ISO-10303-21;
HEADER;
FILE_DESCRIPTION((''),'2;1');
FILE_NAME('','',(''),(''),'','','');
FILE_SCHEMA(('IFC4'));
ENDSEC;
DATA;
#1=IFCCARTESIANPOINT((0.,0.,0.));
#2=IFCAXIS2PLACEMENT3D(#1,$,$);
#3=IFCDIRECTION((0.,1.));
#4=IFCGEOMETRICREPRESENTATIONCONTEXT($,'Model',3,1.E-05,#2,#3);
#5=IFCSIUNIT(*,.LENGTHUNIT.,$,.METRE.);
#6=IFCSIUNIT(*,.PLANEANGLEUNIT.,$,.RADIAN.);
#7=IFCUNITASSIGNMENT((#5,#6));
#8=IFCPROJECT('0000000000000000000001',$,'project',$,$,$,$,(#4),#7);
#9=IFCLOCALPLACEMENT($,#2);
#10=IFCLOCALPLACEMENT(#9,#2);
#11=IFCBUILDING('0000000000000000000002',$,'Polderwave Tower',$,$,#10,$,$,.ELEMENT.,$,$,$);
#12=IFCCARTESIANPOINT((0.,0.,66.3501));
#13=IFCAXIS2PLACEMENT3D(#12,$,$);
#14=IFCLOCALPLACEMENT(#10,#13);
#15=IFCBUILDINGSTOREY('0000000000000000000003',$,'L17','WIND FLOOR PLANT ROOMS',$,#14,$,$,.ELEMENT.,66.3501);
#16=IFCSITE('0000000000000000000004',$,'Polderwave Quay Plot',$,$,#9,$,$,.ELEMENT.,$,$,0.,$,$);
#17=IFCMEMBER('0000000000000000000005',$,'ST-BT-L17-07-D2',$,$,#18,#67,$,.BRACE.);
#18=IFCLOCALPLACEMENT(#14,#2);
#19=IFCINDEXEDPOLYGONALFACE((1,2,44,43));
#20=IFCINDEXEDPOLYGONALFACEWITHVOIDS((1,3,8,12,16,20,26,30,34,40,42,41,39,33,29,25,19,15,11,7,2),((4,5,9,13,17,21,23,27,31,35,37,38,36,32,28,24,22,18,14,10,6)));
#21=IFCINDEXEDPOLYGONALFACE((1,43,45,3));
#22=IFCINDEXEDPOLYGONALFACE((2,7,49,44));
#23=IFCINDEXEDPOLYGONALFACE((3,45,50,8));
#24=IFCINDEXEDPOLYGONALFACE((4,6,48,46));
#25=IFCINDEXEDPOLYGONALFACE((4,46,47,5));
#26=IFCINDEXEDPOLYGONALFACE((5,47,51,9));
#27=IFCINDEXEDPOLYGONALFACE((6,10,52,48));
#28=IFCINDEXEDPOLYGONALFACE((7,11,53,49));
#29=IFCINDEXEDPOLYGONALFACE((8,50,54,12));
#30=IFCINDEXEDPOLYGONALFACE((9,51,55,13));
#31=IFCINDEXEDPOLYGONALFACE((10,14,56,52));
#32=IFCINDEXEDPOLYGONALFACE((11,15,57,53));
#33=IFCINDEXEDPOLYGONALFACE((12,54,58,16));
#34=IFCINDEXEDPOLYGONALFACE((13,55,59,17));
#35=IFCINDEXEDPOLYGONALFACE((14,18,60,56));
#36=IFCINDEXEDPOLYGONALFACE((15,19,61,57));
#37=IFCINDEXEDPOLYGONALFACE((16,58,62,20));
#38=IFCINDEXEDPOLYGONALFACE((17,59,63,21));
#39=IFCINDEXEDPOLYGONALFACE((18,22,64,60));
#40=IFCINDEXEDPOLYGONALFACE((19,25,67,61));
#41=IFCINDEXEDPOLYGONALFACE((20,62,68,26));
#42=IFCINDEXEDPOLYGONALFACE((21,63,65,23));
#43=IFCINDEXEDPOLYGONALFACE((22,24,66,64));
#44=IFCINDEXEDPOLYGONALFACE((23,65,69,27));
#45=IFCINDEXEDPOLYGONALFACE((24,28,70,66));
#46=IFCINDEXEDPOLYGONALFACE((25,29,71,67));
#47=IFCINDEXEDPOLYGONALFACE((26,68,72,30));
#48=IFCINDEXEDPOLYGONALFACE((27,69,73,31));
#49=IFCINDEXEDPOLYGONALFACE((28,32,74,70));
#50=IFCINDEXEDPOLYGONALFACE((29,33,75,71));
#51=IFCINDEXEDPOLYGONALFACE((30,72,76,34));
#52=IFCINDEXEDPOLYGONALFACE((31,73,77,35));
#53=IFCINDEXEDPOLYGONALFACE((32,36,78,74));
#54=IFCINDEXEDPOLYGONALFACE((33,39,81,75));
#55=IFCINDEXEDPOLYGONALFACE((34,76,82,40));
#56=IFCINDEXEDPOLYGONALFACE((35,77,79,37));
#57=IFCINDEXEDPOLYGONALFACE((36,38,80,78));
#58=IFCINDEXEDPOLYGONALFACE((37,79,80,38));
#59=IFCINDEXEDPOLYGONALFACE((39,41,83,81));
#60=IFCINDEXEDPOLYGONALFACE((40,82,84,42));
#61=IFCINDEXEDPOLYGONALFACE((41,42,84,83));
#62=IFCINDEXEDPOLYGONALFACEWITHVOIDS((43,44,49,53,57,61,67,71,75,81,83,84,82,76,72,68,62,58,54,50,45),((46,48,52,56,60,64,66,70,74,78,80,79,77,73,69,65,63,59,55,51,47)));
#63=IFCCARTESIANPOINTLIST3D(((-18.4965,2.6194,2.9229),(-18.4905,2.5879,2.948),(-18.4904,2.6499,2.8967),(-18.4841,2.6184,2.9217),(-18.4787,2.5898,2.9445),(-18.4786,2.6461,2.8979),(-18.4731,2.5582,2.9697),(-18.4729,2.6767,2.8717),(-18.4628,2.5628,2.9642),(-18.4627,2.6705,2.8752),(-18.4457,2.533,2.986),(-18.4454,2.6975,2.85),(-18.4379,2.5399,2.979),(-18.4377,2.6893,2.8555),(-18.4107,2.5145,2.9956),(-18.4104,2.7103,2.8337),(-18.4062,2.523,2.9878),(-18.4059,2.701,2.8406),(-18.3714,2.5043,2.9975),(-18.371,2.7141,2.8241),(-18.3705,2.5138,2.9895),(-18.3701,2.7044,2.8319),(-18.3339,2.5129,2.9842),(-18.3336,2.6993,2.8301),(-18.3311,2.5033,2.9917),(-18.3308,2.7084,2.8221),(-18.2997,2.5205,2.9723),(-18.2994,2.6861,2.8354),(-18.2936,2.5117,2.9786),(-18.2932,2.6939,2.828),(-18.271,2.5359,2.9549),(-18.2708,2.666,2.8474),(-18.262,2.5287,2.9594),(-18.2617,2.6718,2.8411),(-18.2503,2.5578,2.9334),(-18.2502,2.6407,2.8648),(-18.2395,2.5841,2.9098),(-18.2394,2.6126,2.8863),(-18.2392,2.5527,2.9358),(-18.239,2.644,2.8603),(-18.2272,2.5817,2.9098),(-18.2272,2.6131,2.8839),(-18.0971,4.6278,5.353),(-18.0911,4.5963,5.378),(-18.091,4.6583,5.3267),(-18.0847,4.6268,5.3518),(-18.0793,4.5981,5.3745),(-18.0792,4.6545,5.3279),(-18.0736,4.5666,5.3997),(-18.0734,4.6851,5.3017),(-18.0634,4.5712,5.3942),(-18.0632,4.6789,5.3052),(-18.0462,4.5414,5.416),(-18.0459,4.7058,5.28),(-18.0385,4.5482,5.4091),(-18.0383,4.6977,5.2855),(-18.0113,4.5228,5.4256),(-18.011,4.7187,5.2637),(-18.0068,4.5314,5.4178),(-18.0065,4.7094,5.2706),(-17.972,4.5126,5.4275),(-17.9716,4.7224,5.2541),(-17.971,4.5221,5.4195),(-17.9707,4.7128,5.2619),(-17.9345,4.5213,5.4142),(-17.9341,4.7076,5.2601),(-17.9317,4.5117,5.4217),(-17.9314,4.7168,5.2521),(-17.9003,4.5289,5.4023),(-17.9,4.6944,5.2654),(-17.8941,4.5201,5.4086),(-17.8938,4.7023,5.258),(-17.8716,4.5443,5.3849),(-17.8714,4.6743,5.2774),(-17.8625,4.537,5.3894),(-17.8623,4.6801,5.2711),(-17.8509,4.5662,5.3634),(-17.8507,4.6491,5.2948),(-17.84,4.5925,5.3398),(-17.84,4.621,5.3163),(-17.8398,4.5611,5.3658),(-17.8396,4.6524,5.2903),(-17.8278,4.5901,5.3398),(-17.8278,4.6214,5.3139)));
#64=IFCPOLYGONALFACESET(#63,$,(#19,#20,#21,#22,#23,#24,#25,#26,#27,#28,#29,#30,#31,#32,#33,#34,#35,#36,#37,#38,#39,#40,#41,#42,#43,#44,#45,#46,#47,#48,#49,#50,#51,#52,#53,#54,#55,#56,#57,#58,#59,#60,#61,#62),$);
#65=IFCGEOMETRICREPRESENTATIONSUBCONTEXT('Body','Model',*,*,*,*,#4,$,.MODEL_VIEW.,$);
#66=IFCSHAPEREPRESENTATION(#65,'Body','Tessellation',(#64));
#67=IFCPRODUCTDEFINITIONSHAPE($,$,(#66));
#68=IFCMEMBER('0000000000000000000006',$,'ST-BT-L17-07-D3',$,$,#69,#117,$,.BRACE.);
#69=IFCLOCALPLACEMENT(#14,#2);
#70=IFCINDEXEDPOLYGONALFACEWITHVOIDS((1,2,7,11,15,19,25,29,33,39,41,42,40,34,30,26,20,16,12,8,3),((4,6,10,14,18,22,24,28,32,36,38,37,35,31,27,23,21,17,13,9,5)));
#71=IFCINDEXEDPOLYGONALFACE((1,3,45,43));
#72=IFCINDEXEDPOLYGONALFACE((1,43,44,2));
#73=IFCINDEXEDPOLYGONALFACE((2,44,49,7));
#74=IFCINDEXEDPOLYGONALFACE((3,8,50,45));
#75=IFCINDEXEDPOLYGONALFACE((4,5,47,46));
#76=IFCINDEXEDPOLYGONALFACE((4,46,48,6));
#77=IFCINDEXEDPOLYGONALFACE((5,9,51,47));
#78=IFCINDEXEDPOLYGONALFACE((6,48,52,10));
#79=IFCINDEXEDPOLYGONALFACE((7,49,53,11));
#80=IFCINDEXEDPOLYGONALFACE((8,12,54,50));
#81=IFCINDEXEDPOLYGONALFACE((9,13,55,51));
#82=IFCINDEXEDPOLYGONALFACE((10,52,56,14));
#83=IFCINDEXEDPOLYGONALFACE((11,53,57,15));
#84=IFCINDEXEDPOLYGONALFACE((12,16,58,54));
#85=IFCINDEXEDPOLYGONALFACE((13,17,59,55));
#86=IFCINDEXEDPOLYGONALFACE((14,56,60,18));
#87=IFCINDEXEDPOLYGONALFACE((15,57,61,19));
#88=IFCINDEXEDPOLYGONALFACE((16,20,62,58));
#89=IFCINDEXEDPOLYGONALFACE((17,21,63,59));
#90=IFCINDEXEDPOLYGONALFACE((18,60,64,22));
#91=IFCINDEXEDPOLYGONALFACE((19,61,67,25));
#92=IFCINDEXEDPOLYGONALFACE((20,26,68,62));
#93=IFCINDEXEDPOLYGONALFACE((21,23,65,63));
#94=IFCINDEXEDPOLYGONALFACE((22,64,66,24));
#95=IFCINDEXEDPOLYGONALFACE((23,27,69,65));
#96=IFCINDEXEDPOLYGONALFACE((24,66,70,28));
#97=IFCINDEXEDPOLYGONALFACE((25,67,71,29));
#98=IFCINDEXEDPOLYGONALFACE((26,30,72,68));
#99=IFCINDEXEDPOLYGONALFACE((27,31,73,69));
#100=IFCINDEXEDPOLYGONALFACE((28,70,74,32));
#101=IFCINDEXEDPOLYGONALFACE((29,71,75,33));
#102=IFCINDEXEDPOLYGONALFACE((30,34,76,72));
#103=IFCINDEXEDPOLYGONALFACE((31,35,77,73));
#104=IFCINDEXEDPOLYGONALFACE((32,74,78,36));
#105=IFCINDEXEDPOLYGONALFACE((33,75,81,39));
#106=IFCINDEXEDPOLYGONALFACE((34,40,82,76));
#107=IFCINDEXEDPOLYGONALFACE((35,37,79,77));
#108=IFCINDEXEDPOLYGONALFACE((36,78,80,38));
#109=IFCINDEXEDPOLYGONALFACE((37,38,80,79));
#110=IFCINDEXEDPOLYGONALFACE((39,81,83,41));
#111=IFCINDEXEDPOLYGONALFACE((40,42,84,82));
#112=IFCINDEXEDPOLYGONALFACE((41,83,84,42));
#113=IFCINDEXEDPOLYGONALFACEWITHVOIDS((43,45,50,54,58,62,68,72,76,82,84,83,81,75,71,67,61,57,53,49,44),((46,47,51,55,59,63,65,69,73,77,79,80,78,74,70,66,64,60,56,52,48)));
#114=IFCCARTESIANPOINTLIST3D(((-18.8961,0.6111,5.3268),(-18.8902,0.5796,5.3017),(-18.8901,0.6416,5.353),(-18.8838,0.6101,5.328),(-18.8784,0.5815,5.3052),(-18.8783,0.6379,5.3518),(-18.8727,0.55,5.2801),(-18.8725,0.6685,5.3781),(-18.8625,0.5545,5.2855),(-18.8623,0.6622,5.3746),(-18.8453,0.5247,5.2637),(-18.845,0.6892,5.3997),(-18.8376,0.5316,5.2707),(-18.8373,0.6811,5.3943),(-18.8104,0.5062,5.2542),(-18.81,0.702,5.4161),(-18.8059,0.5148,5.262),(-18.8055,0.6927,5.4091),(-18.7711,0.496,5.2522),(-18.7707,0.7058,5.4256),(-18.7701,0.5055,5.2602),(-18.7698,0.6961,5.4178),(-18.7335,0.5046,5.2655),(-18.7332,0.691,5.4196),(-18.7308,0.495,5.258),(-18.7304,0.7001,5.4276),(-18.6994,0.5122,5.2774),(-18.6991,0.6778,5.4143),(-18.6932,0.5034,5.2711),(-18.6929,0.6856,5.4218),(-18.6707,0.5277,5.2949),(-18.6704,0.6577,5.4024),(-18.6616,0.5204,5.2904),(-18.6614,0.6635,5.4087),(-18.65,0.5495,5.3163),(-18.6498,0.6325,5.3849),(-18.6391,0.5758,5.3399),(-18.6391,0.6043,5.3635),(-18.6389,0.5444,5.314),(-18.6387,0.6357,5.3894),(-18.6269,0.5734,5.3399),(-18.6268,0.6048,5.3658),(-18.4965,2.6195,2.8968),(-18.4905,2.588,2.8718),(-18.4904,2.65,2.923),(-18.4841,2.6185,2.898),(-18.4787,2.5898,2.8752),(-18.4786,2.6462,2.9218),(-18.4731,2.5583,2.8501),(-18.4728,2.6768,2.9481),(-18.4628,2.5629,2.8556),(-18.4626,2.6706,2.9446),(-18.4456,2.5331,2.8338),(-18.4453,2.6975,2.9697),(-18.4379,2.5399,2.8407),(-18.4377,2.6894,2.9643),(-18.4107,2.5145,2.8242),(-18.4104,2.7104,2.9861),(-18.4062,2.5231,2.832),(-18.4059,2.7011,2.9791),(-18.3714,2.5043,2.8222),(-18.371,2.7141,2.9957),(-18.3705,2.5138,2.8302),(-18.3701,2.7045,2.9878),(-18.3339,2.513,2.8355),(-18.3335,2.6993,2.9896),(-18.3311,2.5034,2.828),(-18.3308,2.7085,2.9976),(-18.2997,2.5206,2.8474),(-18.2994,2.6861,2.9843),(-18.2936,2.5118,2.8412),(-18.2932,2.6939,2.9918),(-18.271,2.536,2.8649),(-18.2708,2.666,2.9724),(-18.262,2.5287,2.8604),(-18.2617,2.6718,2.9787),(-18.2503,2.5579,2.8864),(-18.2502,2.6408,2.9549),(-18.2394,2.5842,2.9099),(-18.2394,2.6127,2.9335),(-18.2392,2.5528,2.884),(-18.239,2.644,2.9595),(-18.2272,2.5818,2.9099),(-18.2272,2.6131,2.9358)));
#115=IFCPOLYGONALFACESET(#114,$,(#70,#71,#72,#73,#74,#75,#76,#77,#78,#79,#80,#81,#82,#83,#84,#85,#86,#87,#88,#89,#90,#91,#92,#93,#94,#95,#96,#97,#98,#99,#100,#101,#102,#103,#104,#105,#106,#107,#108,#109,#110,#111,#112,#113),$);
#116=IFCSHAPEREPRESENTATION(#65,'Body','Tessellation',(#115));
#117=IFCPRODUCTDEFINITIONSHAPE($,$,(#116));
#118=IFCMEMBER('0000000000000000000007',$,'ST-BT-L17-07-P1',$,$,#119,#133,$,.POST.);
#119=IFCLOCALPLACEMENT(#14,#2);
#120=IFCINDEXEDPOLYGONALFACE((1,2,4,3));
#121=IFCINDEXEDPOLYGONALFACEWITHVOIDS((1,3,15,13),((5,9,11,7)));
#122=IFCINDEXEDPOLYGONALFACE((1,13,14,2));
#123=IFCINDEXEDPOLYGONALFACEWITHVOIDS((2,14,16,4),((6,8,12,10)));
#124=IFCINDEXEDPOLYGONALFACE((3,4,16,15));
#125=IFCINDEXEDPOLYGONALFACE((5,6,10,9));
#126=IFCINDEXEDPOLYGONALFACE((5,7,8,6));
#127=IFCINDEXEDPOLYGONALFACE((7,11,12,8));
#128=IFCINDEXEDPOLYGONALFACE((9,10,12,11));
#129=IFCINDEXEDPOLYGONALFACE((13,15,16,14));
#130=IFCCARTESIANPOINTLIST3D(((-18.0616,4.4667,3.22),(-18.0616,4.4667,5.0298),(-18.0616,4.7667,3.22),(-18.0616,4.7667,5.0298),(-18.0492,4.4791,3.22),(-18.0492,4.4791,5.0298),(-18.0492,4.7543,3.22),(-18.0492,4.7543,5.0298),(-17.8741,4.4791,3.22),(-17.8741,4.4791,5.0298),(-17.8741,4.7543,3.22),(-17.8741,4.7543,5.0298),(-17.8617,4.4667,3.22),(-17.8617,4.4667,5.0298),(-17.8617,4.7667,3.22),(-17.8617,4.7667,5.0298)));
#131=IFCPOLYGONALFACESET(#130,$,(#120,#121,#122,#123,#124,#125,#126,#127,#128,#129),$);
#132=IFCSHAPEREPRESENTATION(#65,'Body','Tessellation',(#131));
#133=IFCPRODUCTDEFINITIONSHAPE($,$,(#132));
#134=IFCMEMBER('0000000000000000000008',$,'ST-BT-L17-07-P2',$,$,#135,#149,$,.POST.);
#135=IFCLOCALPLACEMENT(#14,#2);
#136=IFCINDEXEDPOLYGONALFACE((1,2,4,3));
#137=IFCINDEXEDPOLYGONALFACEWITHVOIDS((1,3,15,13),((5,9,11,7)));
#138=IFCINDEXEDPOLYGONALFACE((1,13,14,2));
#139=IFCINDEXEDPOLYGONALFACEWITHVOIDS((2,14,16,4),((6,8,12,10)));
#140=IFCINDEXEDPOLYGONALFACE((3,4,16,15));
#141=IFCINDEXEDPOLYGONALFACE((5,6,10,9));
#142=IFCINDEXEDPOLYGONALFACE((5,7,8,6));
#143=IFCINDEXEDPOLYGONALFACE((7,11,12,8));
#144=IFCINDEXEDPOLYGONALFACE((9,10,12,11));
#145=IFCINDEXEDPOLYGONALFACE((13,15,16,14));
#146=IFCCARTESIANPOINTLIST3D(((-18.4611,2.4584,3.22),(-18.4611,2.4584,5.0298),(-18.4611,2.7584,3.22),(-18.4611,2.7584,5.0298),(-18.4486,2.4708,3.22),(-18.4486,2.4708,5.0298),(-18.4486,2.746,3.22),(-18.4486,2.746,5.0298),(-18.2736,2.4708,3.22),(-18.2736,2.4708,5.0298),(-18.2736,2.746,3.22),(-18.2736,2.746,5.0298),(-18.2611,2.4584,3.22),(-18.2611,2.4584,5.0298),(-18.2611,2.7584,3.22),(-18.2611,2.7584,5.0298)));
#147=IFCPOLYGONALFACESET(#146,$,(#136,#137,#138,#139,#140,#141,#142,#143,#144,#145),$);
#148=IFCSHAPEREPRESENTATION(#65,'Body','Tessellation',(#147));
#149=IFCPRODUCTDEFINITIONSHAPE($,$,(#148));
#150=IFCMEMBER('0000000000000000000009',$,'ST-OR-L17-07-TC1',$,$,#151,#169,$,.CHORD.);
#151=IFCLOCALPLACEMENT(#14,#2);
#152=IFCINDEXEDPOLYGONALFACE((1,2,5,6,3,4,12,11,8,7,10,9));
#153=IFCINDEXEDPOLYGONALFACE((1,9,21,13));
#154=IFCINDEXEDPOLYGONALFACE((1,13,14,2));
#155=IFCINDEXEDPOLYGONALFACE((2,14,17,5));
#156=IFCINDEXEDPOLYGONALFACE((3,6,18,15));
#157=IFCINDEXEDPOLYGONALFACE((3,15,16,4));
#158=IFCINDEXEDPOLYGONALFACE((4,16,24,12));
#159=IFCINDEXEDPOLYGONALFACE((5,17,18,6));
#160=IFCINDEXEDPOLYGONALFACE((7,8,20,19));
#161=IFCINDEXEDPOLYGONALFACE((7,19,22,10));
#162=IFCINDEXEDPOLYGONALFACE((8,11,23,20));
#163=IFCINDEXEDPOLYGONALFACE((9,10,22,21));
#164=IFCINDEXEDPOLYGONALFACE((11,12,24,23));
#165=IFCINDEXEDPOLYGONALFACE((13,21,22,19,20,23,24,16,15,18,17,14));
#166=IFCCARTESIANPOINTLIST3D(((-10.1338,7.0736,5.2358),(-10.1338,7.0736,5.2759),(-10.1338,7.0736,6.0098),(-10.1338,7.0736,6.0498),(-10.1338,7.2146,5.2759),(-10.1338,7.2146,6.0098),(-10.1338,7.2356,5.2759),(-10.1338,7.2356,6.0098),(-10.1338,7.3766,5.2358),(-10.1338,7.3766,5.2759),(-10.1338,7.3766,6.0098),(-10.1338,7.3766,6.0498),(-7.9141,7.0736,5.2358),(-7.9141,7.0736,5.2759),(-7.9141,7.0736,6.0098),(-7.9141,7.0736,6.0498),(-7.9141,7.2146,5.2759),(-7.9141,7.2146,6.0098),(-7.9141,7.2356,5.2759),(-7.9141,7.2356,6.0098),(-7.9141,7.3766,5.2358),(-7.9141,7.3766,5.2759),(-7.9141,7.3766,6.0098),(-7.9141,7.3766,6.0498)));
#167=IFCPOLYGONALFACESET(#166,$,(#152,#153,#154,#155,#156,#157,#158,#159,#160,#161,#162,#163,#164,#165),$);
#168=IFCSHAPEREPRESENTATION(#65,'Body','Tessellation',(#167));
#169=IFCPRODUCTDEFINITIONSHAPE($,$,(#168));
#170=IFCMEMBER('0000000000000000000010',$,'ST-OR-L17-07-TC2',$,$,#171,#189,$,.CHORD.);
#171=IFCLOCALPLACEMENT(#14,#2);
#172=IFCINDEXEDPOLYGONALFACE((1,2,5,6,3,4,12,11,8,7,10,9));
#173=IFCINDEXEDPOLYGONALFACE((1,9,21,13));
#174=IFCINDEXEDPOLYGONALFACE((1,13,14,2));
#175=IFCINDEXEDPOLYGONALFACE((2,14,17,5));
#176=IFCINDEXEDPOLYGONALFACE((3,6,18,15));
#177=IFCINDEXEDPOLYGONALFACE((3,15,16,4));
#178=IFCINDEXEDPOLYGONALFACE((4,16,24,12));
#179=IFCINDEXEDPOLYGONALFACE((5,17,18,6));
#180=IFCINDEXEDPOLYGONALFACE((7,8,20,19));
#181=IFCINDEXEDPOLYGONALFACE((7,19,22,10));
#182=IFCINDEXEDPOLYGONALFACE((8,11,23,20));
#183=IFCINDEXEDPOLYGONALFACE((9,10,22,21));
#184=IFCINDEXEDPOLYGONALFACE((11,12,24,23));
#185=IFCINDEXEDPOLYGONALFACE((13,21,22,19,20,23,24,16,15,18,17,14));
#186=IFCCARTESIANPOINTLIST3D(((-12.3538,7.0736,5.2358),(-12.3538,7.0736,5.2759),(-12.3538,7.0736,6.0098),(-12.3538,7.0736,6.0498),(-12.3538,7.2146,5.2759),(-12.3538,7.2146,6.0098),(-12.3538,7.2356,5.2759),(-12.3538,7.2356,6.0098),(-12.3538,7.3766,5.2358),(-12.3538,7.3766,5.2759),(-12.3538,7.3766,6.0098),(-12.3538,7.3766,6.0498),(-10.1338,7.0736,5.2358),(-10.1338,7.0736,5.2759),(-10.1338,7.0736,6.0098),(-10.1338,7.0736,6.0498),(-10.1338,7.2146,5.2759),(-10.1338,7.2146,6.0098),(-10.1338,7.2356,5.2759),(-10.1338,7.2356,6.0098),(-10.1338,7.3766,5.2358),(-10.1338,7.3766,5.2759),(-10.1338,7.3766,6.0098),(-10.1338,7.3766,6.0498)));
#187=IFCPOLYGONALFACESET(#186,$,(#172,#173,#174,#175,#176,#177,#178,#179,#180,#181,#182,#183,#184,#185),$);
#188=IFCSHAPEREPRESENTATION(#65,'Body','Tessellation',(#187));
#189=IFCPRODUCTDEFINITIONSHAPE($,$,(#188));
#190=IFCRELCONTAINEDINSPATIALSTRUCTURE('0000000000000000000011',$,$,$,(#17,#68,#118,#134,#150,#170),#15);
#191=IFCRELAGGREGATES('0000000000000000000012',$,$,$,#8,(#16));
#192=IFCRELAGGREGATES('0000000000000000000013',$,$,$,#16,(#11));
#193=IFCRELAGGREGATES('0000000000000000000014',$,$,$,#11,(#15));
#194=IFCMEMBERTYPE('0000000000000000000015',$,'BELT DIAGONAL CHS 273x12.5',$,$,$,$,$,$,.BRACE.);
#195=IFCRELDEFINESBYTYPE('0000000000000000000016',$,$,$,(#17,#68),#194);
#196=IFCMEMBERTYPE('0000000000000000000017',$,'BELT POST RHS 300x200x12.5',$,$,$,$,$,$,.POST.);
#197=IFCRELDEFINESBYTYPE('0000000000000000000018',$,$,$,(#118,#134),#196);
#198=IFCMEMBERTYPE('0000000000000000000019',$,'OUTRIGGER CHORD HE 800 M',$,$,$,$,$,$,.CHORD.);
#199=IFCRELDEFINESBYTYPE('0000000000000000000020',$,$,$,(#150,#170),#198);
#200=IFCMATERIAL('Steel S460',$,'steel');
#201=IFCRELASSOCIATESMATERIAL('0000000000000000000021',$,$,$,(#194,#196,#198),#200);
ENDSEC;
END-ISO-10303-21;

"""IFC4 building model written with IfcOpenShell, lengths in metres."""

from ifc_helpers import new_model, si_unit, direction, frame, origin, origin_2d, place, context, subcontext, project, spatial, hollow_rectangle, hollow_circle, i_section, extrude, material, material_profile, profile_set, type_object, element, save


model = new_model("IFC4")

# Units and contexts
model_context = context("Model", 3, precision=1e-05, world=origin(), true_north=direction((0.0, 1.0)))
body_context = subcontext(model_context, "Body", "Model", "MODEL_VIEW")
ifc_project = project(units=[si_unit("LENGTHUNIT", "METRE"), si_unit("PLANEANGLEUNIT", "RADIAN")], contexts=[model_context])

# Site, building, storey
site_placement = place(None, origin())
site = spatial("IfcSite", under=ifc_project, at=site_placement, Name="Polderwave Quay Plot", CompositionType="ELEMENT", RefElevation=0.0)
building_placement = place(site_placement, origin())
building = spatial("IfcBuilding", under=site, at=building_placement, Name="Polderwave Tower", CompositionType="ELEMENT")
storey_placement = place(building_placement, frame((0.0, 0.0, 66.3501)))
storey = spatial("IfcBuildingStorey", under=building, at=storey_placement, Name="L17", Description="WIND FLOOR PLANT ROOMS", CompositionType="ELEMENT", Elevation=66.3501)

# Members
ifc_material_1 = material(Name="Steel S460", Category="steel")
ifc_material_profile_1 = material_profile(ifc_material_1, hollow_circle(Radius=0.1365, WallThickness=0.0125, at=origin_2d()), Name="CHS 273x12.5")
ifc_profile_set_1 = profile_set([ifc_material_profile_1], Name="Steel S460")
member_type_1 = type_object("IfcMemberType", Name="BELT DIAGONAL CHS 273x12.5", PredefinedType="BRACE", material=ifc_profile_set_1)
for number, where, z_axis, x_axis, name in (
    (1, (-17.9617, 4.6167, 5.3398), (-0.125695, -0.632011, -0.764698), (0.980791, -0.195061, 0.0), "ST-BT-L17-07-D2"),
    (2, (-18.3611, 2.6084, 2.9099), (-0.125771, -0.632005, 0.764691), (0.980768, -0.195176, 0.0), "ST-BT-L17-07-D3"),
):
    element("IfcMember", number, at=place(storey_placement, frame(where, z_axis=z_axis, x_axis=x_axis)), inside=storey, type_object=member_type_1, Name=name, PredefinedType="BRACE", context=body_context, shape_type="SweptSolid", body=[
        extrude(hollow_circle(Radius=0.1365, WallThickness=0.0125, at=origin_2d()), origin(), (0.0, 0.0, 1.0), 3.1777),
    ])
ifc_material_profile_2 = material_profile(ifc_material_1, hollow_rectangle(XDim=0.2, YDim=0.3, WallThickness=0.0125, at=origin_2d()), Name="RHS 300x200x12.5")
ifc_profile_set_2 = profile_set([ifc_material_profile_2], Name="Steel S460")
member_type_2 = type_object("IfcMemberType", Name="BELT POST RHS 300x200x12.5", PredefinedType="POST", material=ifc_profile_set_2)
for number, where, z_axis, x_axis, name in (
    (3, (-17.9617, 4.6167, 3.22), (0.0, 0.0, 1.0), (1.0, 0.0, 0.0), "ST-BT-L17-07-P1"),
    (4, (-18.3611, 2.6084, 3.22), (0.0, 0.0, 1.0), (1.0, 0.0, 0.0), "ST-BT-L17-07-P2"),
):
    element("IfcMember", number, at=place(storey_placement, frame(where, z_axis=z_axis, x_axis=x_axis)), inside=storey, type_object=member_type_2, Name=name, PredefinedType="POST", context=body_context, shape_type="SweptSolid", body=[
        extrude(hollow_rectangle(XDim=0.2, YDim=0.3, WallThickness=0.0125, at=origin_2d()), origin(), (0.0, 0.0, 1.0), 1.8098),
    ])
ifc_material_profile_3 = material_profile(ifc_material_1, i_section(OverallWidth=0.303, OverallDepth=0.814, WebThickness=0.021, FlangeThickness=0.04, at=origin_2d()), Name="HE 800 M")
ifc_profile_set_3 = profile_set([ifc_material_profile_3], Name="Steel S460")
member_type_3 = type_object("IfcMemberType", Name="OUTRIGGER CHORD HE 800 M", PredefinedType="CHORD", material=ifc_profile_set_3)
member_1_placement = place(storey_placement, frame((-7.9141, 7.2251, 5.6428), z_axis=(-1.0, 0.0, 0.0), x_axis=(0.0, -1.0, 0.0)))
element("IfcMember", 5, at=member_1_placement, inside=storey, type_object=member_type_3, Name="ST-OR-L17-07-TC1", PredefinedType="CHORD", context=body_context, shape_type="SweptSolid", body=[
    extrude(i_section(OverallWidth=0.303, OverallDepth=0.814, WebThickness=0.021, FlangeThickness=0.04, at=origin_2d()), origin(), (0.0, 0.0, 1.0), 2.2197),
])
for number, where, z_axis, x_axis, name in (
    (6, (-10.1338, 7.2251, 5.6428), (-1.0, 0.0, 0.0), (0.0, -1.0, 0.0), "ST-OR-L17-07-TC2"),
):
    element("IfcMember", number, at=place(storey_placement, frame(where, z_axis=z_axis, x_axis=x_axis)), inside=storey, type_object=member_type_3, Name=name, PredefinedType="CHORD", context=body_context, shape_type="SweptSolid", body=[
        extrude(i_section(OverallWidth=0.303, OverallDepth=0.814, WebThickness=0.021, FlangeThickness=0.04, at=origin_2d()), origin(), (0.0, 0.0, 1.0), 2.22),
    ])

save(model, "model.ifc")
